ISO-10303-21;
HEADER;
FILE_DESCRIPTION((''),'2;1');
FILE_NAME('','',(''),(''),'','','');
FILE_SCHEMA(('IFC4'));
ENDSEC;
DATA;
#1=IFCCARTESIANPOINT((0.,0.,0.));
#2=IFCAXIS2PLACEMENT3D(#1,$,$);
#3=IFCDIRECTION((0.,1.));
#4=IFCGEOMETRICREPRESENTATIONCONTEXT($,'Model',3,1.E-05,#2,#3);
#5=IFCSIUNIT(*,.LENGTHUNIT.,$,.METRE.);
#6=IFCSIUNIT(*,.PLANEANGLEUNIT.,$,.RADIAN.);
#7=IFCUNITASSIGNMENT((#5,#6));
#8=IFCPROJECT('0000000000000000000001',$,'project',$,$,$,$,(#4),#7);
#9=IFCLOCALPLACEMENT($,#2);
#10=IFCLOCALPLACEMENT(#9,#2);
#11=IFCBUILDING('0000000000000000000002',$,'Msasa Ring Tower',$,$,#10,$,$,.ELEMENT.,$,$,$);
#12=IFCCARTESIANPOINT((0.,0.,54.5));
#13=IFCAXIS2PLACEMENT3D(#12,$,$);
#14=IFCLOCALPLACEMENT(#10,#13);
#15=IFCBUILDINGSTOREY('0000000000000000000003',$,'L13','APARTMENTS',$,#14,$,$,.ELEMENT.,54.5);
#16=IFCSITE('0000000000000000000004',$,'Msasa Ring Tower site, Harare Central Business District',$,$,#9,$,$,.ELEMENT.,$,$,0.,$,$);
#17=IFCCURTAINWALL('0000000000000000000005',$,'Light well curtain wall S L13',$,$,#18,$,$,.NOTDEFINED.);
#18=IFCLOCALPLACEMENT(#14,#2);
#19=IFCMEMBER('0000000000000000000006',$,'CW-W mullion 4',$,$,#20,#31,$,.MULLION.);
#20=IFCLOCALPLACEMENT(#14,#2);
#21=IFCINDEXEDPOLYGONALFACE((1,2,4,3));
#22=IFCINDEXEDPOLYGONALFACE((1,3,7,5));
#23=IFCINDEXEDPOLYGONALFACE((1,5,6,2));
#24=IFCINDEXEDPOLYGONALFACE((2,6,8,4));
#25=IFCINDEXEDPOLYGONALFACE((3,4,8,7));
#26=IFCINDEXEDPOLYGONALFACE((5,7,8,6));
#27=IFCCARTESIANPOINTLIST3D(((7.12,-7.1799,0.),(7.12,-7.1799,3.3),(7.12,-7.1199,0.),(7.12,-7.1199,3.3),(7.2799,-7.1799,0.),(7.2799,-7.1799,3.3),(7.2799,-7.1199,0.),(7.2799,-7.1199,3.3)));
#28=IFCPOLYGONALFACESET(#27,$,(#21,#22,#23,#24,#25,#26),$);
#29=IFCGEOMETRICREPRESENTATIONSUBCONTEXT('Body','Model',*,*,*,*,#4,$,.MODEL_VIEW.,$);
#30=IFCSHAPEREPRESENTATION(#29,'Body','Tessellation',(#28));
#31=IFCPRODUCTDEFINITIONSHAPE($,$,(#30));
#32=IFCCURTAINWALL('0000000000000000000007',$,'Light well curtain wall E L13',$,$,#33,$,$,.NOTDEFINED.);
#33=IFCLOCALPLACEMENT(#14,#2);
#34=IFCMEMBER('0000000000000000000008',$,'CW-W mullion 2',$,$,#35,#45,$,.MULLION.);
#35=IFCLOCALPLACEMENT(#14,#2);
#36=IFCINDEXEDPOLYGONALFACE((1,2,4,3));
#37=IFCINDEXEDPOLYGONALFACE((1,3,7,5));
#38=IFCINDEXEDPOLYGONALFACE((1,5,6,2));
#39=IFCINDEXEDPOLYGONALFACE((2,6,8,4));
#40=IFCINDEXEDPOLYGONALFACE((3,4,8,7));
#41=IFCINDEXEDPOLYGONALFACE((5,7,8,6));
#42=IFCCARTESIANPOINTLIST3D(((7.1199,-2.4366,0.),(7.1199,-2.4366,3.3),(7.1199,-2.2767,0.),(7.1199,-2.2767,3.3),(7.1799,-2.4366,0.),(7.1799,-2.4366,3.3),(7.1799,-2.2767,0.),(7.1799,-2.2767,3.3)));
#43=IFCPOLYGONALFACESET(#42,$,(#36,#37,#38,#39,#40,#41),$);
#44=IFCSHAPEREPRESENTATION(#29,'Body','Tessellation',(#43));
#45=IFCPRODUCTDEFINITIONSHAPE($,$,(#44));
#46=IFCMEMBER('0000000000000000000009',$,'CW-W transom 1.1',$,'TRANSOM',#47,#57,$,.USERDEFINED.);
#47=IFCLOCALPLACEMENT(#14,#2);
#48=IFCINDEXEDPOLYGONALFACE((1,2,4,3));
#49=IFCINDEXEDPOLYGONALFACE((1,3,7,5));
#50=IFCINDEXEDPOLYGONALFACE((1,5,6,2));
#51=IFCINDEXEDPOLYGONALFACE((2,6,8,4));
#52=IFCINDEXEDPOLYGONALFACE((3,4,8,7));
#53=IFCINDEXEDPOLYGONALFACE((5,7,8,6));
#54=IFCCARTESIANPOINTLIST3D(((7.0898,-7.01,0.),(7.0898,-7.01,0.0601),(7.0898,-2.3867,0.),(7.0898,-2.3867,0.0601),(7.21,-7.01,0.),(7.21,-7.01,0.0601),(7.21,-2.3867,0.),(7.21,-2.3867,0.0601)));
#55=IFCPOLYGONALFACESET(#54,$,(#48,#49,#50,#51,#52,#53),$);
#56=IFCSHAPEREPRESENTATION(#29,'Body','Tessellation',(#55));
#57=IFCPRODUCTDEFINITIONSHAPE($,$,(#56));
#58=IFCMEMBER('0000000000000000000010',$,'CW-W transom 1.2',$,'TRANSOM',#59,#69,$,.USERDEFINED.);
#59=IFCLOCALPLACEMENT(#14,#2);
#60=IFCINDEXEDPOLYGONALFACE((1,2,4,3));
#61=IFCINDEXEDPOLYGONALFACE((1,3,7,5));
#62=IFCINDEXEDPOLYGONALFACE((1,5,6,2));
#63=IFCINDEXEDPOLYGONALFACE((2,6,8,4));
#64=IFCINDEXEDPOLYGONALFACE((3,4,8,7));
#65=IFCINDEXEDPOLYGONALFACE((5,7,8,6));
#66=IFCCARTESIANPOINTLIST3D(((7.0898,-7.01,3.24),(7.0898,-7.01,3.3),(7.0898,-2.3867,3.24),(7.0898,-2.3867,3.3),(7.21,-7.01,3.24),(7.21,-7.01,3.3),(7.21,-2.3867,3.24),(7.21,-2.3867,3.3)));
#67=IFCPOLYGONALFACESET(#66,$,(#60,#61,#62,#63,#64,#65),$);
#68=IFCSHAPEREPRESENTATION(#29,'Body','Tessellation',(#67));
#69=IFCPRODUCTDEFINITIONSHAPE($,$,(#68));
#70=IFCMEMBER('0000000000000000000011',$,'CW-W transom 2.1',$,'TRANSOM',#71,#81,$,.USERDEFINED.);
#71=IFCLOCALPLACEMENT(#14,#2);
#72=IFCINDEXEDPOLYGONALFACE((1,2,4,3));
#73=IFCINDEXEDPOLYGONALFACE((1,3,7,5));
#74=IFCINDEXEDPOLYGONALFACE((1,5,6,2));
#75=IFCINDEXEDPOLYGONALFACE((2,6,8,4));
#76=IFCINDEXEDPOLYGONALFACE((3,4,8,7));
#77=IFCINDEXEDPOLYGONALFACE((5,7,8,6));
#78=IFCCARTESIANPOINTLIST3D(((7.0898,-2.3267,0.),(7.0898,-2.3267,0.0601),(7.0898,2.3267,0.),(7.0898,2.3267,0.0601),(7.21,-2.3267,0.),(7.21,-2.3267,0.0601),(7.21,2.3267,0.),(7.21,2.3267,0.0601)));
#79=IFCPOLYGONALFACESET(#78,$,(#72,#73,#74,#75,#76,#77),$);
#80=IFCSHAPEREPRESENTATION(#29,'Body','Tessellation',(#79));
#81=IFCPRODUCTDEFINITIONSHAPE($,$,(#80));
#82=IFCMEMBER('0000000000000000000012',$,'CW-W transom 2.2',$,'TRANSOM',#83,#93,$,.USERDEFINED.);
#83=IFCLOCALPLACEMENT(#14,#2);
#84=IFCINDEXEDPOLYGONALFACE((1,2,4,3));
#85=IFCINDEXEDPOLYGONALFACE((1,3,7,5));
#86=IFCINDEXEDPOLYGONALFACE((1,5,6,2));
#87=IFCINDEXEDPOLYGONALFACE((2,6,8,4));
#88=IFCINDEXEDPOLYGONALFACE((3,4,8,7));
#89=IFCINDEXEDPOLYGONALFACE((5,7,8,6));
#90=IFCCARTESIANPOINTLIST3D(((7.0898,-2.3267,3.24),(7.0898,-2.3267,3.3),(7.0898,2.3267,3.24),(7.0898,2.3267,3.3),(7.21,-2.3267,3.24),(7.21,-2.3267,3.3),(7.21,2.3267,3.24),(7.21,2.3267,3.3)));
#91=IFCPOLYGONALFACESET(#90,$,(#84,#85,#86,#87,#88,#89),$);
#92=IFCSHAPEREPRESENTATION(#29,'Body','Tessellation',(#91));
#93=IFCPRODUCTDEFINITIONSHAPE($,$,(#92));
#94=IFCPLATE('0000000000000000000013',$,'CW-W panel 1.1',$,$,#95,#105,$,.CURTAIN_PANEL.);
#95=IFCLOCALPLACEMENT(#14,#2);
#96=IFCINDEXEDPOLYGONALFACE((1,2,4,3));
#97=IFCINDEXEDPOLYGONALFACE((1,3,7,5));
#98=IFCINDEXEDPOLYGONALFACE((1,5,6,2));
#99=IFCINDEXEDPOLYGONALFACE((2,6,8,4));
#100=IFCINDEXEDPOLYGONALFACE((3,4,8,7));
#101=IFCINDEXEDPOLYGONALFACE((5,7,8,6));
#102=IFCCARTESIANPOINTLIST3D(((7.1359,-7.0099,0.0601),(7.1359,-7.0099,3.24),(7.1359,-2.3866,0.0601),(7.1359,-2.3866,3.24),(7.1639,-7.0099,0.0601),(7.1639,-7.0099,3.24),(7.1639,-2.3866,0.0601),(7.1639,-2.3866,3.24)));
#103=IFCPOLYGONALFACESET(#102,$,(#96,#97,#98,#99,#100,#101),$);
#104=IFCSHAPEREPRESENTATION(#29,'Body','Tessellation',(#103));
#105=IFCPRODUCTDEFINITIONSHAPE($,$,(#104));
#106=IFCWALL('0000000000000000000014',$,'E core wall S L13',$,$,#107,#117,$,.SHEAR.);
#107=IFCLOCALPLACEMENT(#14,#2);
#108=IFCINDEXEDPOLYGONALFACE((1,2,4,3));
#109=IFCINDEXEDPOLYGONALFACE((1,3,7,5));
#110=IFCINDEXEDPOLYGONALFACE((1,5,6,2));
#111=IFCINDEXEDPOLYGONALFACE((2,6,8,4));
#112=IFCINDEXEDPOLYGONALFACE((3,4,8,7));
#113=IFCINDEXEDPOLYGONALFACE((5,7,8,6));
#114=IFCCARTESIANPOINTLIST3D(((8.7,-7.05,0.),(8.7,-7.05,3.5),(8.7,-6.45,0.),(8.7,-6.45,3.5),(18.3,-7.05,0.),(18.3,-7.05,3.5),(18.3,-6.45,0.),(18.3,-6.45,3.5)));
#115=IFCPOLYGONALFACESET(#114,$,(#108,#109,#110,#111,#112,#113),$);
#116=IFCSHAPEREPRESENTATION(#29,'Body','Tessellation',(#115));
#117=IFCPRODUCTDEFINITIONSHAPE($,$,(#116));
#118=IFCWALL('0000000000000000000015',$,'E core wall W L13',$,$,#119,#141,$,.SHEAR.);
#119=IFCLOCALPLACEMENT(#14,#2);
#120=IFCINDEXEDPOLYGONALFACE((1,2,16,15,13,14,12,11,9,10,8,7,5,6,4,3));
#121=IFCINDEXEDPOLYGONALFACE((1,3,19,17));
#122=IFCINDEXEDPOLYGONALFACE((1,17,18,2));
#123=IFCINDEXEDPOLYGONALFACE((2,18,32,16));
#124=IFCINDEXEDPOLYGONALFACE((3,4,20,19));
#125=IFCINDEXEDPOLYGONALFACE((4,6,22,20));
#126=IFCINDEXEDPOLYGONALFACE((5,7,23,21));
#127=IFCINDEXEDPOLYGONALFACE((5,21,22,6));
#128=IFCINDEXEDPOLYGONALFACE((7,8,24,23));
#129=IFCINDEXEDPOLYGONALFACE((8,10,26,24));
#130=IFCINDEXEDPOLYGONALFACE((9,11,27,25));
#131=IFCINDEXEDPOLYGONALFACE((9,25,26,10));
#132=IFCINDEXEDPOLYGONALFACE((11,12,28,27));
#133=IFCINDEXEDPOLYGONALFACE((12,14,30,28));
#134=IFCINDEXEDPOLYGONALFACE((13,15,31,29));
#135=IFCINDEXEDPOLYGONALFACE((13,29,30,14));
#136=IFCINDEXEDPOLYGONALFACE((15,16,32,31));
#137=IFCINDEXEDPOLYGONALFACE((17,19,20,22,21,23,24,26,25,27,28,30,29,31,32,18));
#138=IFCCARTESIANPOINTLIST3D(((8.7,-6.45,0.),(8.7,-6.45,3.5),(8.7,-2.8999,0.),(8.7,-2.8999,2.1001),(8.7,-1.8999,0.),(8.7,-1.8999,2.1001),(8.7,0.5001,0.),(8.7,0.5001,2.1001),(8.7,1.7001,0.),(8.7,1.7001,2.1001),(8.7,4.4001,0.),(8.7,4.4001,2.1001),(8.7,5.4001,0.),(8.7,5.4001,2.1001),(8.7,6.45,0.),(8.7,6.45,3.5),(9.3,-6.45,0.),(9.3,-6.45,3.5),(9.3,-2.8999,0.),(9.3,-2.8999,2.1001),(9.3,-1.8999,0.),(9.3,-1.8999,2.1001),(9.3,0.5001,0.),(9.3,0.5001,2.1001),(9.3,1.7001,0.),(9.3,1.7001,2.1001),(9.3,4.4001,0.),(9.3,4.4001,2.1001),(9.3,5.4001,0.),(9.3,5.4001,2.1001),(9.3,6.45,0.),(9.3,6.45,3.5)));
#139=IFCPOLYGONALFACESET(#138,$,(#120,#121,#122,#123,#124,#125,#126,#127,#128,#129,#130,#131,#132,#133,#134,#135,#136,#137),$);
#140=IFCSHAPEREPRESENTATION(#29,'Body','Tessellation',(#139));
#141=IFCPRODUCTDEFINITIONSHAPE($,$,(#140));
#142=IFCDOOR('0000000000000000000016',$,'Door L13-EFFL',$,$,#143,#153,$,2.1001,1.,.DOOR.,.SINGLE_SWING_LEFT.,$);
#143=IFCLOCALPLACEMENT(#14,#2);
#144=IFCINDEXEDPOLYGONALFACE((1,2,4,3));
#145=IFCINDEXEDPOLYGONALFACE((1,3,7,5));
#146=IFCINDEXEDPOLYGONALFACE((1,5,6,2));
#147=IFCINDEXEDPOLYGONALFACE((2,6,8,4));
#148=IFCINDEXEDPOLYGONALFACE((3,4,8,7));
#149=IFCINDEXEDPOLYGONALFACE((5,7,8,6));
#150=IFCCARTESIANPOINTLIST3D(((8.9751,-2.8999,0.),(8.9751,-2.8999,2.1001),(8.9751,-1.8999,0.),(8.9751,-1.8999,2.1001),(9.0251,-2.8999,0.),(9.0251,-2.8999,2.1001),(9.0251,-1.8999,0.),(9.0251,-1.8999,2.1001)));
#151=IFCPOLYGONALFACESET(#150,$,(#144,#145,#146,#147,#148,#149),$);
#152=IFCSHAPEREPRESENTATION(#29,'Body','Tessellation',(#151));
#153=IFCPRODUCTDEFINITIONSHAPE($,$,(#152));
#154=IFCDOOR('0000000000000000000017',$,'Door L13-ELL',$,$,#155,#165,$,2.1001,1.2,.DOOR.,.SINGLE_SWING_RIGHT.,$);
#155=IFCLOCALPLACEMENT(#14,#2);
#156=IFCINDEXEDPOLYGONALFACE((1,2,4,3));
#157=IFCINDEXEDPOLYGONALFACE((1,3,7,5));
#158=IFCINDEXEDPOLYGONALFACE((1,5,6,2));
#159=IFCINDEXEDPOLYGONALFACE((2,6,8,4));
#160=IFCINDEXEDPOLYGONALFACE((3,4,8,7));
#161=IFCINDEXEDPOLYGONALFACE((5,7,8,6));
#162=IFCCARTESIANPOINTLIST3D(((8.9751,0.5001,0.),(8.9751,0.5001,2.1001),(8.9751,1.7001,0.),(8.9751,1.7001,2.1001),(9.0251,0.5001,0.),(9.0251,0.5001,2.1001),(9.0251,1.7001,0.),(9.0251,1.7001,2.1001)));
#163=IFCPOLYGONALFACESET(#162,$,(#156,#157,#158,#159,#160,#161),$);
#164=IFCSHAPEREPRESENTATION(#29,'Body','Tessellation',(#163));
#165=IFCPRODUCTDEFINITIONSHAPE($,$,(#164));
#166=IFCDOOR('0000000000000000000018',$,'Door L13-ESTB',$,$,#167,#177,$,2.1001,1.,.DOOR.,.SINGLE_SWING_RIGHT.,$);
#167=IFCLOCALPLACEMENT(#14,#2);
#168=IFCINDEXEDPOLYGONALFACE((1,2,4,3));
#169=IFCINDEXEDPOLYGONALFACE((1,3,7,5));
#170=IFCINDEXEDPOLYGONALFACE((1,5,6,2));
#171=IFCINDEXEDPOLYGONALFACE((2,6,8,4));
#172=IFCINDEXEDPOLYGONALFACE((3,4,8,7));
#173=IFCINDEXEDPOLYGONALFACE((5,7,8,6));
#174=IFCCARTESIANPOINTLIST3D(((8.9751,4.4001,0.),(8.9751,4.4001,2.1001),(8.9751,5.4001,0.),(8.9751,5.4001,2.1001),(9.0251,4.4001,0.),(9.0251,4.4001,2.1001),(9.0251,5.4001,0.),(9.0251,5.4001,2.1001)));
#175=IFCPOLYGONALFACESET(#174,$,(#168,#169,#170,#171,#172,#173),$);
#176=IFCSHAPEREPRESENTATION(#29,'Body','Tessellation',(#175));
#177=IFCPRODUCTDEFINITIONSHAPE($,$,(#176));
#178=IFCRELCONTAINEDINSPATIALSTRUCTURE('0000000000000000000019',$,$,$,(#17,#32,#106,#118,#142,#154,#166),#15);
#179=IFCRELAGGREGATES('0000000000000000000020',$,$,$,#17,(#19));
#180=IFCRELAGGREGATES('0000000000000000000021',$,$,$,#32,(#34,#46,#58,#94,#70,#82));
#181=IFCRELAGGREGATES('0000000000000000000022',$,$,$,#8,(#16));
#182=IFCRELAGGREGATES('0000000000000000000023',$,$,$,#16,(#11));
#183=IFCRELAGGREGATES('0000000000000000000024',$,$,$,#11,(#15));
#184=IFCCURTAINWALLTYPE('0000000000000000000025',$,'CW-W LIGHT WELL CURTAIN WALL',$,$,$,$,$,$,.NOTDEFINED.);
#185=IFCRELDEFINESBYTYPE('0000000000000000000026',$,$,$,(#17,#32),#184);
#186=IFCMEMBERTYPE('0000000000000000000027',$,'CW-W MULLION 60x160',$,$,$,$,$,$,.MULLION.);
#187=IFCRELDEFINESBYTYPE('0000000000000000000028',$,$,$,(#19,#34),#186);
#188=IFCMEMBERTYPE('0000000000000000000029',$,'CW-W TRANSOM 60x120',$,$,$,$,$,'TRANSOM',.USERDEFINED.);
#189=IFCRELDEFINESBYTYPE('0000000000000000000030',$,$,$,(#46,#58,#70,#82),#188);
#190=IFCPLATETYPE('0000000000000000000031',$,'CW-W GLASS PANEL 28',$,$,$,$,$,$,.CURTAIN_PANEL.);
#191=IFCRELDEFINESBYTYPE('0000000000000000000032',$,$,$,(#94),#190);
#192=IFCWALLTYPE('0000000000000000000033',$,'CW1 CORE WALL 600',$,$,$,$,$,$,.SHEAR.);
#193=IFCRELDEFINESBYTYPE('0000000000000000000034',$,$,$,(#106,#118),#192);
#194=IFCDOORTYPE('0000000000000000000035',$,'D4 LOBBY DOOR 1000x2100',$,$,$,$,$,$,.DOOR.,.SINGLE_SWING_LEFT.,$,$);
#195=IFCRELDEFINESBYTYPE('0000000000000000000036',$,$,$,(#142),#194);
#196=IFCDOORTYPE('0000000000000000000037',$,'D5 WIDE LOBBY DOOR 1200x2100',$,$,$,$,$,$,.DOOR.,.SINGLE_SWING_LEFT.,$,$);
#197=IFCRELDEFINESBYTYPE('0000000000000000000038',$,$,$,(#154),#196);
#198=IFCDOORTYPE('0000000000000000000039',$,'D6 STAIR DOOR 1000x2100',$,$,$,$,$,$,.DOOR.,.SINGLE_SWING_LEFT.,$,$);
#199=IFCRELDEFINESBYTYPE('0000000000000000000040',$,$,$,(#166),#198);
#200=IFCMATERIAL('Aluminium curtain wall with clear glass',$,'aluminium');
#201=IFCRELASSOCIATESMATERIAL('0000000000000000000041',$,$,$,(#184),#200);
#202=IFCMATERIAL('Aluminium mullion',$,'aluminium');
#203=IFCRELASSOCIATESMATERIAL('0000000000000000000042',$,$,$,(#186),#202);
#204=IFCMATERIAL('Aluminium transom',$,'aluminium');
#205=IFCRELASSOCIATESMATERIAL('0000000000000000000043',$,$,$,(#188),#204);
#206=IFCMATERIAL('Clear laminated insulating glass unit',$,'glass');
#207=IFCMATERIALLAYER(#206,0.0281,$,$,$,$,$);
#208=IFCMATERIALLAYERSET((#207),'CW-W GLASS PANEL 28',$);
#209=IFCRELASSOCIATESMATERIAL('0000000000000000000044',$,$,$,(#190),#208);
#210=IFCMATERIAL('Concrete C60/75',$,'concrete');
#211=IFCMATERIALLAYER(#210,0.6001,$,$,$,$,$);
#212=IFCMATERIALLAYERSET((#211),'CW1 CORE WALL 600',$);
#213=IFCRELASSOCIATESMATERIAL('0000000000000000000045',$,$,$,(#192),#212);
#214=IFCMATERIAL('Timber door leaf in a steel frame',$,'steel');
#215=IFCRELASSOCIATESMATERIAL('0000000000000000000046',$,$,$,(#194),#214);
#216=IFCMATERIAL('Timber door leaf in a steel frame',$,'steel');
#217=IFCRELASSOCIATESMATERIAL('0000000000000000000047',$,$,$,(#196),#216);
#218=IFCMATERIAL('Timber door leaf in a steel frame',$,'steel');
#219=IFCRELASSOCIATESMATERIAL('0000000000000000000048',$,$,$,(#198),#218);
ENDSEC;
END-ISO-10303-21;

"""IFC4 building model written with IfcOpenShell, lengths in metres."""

from ifc_helpers import new_model, si_unit, direction, frame, frame_2d, origin, origin_2d, place, context, subcontext, project, spatial, rectangle, extrude, material, layer, layer_set, material_profile, profile_set, type_object, element, fill, aggregate, save


model = new_model("IFC4")

# Units and contexts
model_context = context("Model", 3, precision=1e-05, world=origin(), true_north=direction((0.0, 1.0)))
body_context = subcontext(model_context, "Body", "Model", "MODEL_VIEW")
ifc_project = project(units=[si_unit("LENGTHUNIT", "METRE"), si_unit("PLANEANGLEUNIT", "RADIAN")], contexts=[model_context])

# Site, building, storey
site_placement = place(None, origin())
site = spatial("IfcSite", under=ifc_project, at=site_placement, Name="Msasa Ring Tower site, Harare Central Business District", CompositionType="ELEMENT", RefElevation=0.0)
building_placement = place(site_placement, origin())
building = spatial("IfcBuilding", under=site, at=building_placement, Name="Msasa Ring Tower", CompositionType="ELEMENT")
storey_placement = place(building_placement, frame((0.0, 0.0, 54.5)))
storey = spatial("IfcBuildingStorey", under=building, at=storey_placement, Name="L13", Description="APARTMENTS", CompositionType="ELEMENT", Elevation=54.5)

# Curtain wall, member
ifc_material_1 = material(Name="Aluminium curtain wall with clear glass", Category="aluminium")
curtain_wall_type = type_object("IfcCurtainWallType", Name="CW-W LIGHT WELL CURTAIN WALL", PredefinedType="NOTDEFINED", material=ifc_material_1)
curtain_wall_1_placement = place(storey_placement, origin())
curtain_wall_1 = element("IfcCurtainWall", 1, at=curtain_wall_1_placement, inside=storey, type_object=curtain_wall_type, Name="Light well curtain wall S L13", PredefinedType="NOTDEFINED")
ifc_material_2 = material(Name="Aluminium mullion", Category="aluminium")
ifc_material_profile_1 = material_profile(ifc_material_2, rectangle(XDim=0.0601, YDim=0.1599, at=origin_2d()), Name="AL 60x160")
ifc_profile_set_1 = profile_set([ifc_material_profile_1], Name="Aluminium mullion")
member_type_1 = type_object("IfcMemberType", Name="CW-W MULLION 60x160", PredefinedType="MULLION", material=ifc_profile_set_1)
member_1_placement = place(storey_placement, frame((7.2, -7.1499, 0.0), z_axis=(0.0, 0.0, 1.0), x_axis=(0.0, 1.0, 0.0)))
member_1 = element("IfcMember", 2, at=member_1_placement, type_object=member_type_1, Name="CW-W mullion 4", PredefinedType="MULLION", context=body_context, shape_type="SweptSolid", body=[
    extrude(rectangle(XDim=0.0601, YDim=0.1599, at=origin_2d()), origin(), (0.0, 0.0, 1.0), 3.3),
])
aggregate(curtain_wall_1, [member_1])

# Curtain wall, members, plate
curtain_wall_2_placement = place(storey_placement, origin())
curtain_wall_2 = element("IfcCurtainWall", 3, at=curtain_wall_2_placement, inside=storey, type_object=curtain_wall_type, Name="Light well curtain wall E L13", PredefinedType="NOTDEFINED")
member_2_placement = place(storey_placement, frame((7.1499, -2.3567, 0.0), z_axis=(0.0, 0.0, 1.0), x_axis=(-1.0, 0.0, 0.0)))
member_2 = element("IfcMember", 4, at=member_2_placement, type_object=member_type_1, Name="CW-W mullion 2", PredefinedType="MULLION", context=body_context, shape_type="SweptSolid", body=[
    extrude(rectangle(XDim=0.0601, YDim=0.1599, at=origin_2d()), origin(), (0.0, 0.0, 1.0), 3.3),
])
ifc_material_3 = material(Name="Aluminium transom", Category="aluminium")
ifc_material_profile_2 = material_profile(ifc_material_3, rectangle(XDim=0.1201, YDim=0.0601, at=origin_2d()), Name="AL 60x120")
ifc_profile_set_2 = profile_set([ifc_material_profile_2], Name="Aluminium transom")
member_type_2 = type_object("IfcMemberType", Name="CW-W TRANSOM 60x120", ElementType="TRANSOM", PredefinedType="USERDEFINED", material=ifc_profile_set_2)
member_3_placement = place(storey_placement, frame((7.1499, -7.01, 0.03), z_axis=(0.0, 1.0, 0.0), x_axis=(-1.0, 0.0, 0.0)))
member_3 = element("IfcMember", 5, at=member_3_placement, type_object=member_type_2, Name="CW-W transom 1.1", ObjectType="TRANSOM", PredefinedType="USERDEFINED", context=body_context, shape_type="SweptSolid", body=[
    extrude(rectangle(XDim=0.1201, YDim=0.0601, at=origin_2d()), origin(), (0.0, 0.0, 1.0), 4.6233),
])
member_4_placement = place(storey_placement, frame((7.1499, -7.01, 3.27), z_axis=(0.0, 1.0, 0.0), x_axis=(-1.0, 0.0, 0.0)))
member_4 = element("IfcMember", 6, at=member_4_placement, type_object=member_type_2, Name="CW-W transom 1.2", ObjectType="TRANSOM", PredefinedType="USERDEFINED", context=body_context, shape_type="SweptSolid", body=[
    extrude(rectangle(XDim=0.1201, YDim=0.0601, at=origin_2d()), origin(), (0.0, 0.0, 1.0), 4.6233),
])
member_5_placement = place(storey_placement, frame((7.1499, -2.3267, 0.03), z_axis=(0.0, 1.0, 0.0), x_axis=(-1.0, 0.0, 0.0)))
member_5 = element("IfcMember", 7, at=member_5_placement, type_object=member_type_2, Name="CW-W transom 2.1", ObjectType="TRANSOM", PredefinedType="USERDEFINED", context=body_context, shape_type="SweptSolid", body=[
    extrude(rectangle(XDim=0.1201, YDim=0.0601, at=origin_2d()), origin(), (0.0, 0.0, 1.0), 4.6533),
])
member_6_placement = place(storey_placement, frame((7.1499, -2.3267, 3.27), z_axis=(0.0, 1.0, 0.0), x_axis=(-1.0, 0.0, 0.0)))
member_6 = element("IfcMember", 8, at=member_6_placement, type_object=member_type_2, Name="CW-W transom 2.2", ObjectType="TRANSOM", PredefinedType="USERDEFINED", context=body_context, shape_type="SweptSolid", body=[
    extrude(rectangle(XDim=0.1201, YDim=0.0601, at=origin_2d()), origin(), (0.0, 0.0, 1.0), 4.6533),
])
ifc_material_4 = material(Name="Clear laminated insulating glass unit", Category="glass")
ifc_layer_1 = layer(ifc_material_4, 0.0281)
ifc_layer_set_1 = layer_set([ifc_layer_1], Name="CW-W GLASS PANEL 28")
plate_type = type_object("IfcPlateType", Name="CW-W GLASS PANEL 28", PredefinedType="CURTAIN_PANEL", material=ifc_layer_set_1)
plate_placement = place(storey_placement, frame((7.1499, -4.6982, 0.0601), z_axis=(0.0, 0.0, 1.0), x_axis=(0.0, 1.0, 0.0)))
plate = element("IfcPlate", 9, at=plate_placement, type_object=plate_type, Name="CW-W panel 1.1", PredefinedType="CURTAIN_PANEL", context=body_context, shape_type="SweptSolid", body=[
    extrude(rectangle(XDim=4.6233, YDim=0.0281, at=origin_2d()), origin(), (0.0, 0.0, 1.0), 3.1799),
])
aggregate(curtain_wall_2, [member_2, member_3, member_4, plate, member_5, member_6])

# Wall
ifc_material_5 = material(Name="Concrete C60/75", Category="concrete")
ifc_layer_2 = layer(ifc_material_5, 0.6001)
ifc_layer_set_2 = layer_set([ifc_layer_2], Name="CW1 CORE WALL 600")
wall_type_1 = type_object("IfcWallType", Name="CW1 CORE WALL 600", PredefinedType="SHEAR", material=ifc_layer_set_2)
wall_1_placement = place(storey_placement, frame((8.7, -6.75, 0.0), z_axis=(0.0, 0.0, 1.0), x_axis=(1.0, 0.0, 0.0)))
element("IfcWall", 10, at=wall_1_placement, inside=storey, type_object=wall_type_1, Name="E core wall S L13", PredefinedType="SHEAR", context=body_context, shape_type="SweptSolid", body=[
    extrude(rectangle(XDim=9.6001, YDim=0.6001, at=frame_2d((4.8, 0.0))), origin(), (0.0, 0.0, 1.0), 3.5),
])

# Wall, openings, doors
wall_2_placement = place(storey_placement, frame((9.0, -6.45, 0.0), z_axis=(0.0, 0.0, 1.0), x_axis=(0.0, 1.0, 0.0)))
wall_2 = element("IfcWall", 11, at=wall_2_placement, inside=storey, type_object=wall_type_1, Name="E core wall W L13", PredefinedType="SHEAR", context=body_context, shape_type="SweptSolid", body=[
    extrude(rectangle(XDim=12.8999, YDim=0.6001, at=frame_2d((6.45, 0.0))), origin(), (0.0, 0.0, 1.0), 3.5),
])
opening_1_placement = place(wall_2_placement, frame((3.55, 0.0, 0.0)))
opening_1 = element("IfcOpeningElement", 12, at=opening_1_placement, cuts=wall_2, PredefinedType="OPENING", context=body_context, shape_type="SweptSolid", body=[
    extrude(rectangle(XDim=1.0, YDim=2.1001, at=frame_2d((0.5, 1.05))), frame((0.0, 0.3101, 0.0), z_axis=(0.0, -1.0, 0.0), x_axis=(1.0, 0.0, 0.0)), (0.0, 0.0, 1.0), 0.6201),
])
opening_2_placement = place(wall_2_placement, frame((6.95, 0.0, 0.0)))
opening_2 = element("IfcOpeningElement", 13, at=opening_2_placement, cuts=wall_2, PredefinedType="OPENING", context=body_context, shape_type="SweptSolid", body=[
    extrude(rectangle(XDim=1.2, YDim=2.1001, at=frame_2d((0.6001, 1.05))), frame((0.0, 0.3101, 0.0), z_axis=(0.0, -1.0, 0.0), x_axis=(1.0, 0.0, 0.0)), (0.0, 0.0, 1.0), 0.6201),
])
opening_3_placement = place(wall_2_placement, frame((10.8501, 0.0, 0.0)))
opening_3 = element("IfcOpeningElement", 14, at=opening_3_placement, cuts=wall_2, PredefinedType="OPENING", context=body_context, shape_type="SweptSolid", body=[
    extrude(rectangle(XDim=1.0, YDim=2.1001, at=frame_2d((0.5, 1.05))), frame((0.0, 0.3101, 0.0), z_axis=(0.0, -1.0, 0.0), x_axis=(1.0, 0.0, 0.0)), (0.0, 0.0, 1.0), 0.6201),
])
ifc_material_6 = material(Name="Timber door leaf in a steel frame", Category="steel")
door_type_1 = type_object("IfcDoorType", Name="D4 LOBBY DOOR 1000x2100", OperationType="SINGLE_SWING_LEFT", PredefinedType="DOOR", material=ifc_material_6)
door_1_placement = place(opening_1_placement, origin())
door_1 = element("IfcDoor", 15, at=door_1_placement, inside=storey, type_object=door_type_1, Name="Door L13-EFFL", OperationType="SINGLE_SWING_LEFT", OverallHeight=2.1001, OverallWidth=1.0, PredefinedType="DOOR", context=body_context, shape_type="SweptSolid", body=[
    extrude(rectangle(XDim=1.0, YDim=2.1001, at=frame_2d((0.5, 1.05))), frame((0.0, 0.0249, 0.0), z_axis=(0.0, -1.0, 0.0), x_axis=(1.0, 0.0, 0.0)), (0.0, 0.0, 1.0), 0.05),
])
fill(opening_1, door_1)
ifc_material_7 = material(Name="Timber door leaf in a steel frame", Category="steel")
door_type_2 = type_object("IfcDoorType", Name="D5 WIDE LOBBY DOOR 1200x2100", OperationType="SINGLE_SWING_LEFT", PredefinedType="DOOR", material=ifc_material_7)
door_2_placement = place(opening_2_placement, origin())
door_2 = element("IfcDoor", 16, at=door_2_placement, inside=storey, type_object=door_type_2, Name="Door L13-ELL", OperationType="SINGLE_SWING_RIGHT", OverallHeight=2.1001, OverallWidth=1.2, PredefinedType="DOOR", context=body_context, shape_type="SweptSolid", body=[
    extrude(rectangle(XDim=1.2, YDim=2.1001, at=frame_2d((0.6001, 1.05))), frame((0.0, 0.0249, 0.0), z_axis=(0.0, -1.0, 0.0), x_axis=(1.0, 0.0, 0.0)), (0.0, 0.0, 1.0), 0.05),
])
fill(opening_2, door_2)
ifc_material_8 = material(Name="Timber door leaf in a steel frame", Category="steel")
door_type_3 = type_object("IfcDoorType", Name="D6 STAIR DOOR 1000x2100", OperationType="SINGLE_SWING_LEFT", PredefinedType="DOOR", material=ifc_material_8)
door_3_placement = place(opening_3_placement, origin())
door_3 = element("IfcDoor", 17, at=door_3_placement, inside=storey, type_object=door_type_3, Name="Door L13-ESTB", OperationType="SINGLE_SWING_RIGHT", OverallHeight=2.1001, OverallWidth=1.0, PredefinedType="DOOR", context=body_context, shape_type="SweptSolid", body=[
    extrude(rectangle(XDim=1.0, YDim=2.1001, at=frame_2d((0.5, 1.05))), frame((0.0, 0.0249, 0.0), z_axis=(0.0, -1.0, 0.0), x_axis=(1.0, 0.0, 0.0)), (0.0, 0.0, 1.0), 0.05),
])
fill(opening_3, door_3)

save(model, "model.ifc")
